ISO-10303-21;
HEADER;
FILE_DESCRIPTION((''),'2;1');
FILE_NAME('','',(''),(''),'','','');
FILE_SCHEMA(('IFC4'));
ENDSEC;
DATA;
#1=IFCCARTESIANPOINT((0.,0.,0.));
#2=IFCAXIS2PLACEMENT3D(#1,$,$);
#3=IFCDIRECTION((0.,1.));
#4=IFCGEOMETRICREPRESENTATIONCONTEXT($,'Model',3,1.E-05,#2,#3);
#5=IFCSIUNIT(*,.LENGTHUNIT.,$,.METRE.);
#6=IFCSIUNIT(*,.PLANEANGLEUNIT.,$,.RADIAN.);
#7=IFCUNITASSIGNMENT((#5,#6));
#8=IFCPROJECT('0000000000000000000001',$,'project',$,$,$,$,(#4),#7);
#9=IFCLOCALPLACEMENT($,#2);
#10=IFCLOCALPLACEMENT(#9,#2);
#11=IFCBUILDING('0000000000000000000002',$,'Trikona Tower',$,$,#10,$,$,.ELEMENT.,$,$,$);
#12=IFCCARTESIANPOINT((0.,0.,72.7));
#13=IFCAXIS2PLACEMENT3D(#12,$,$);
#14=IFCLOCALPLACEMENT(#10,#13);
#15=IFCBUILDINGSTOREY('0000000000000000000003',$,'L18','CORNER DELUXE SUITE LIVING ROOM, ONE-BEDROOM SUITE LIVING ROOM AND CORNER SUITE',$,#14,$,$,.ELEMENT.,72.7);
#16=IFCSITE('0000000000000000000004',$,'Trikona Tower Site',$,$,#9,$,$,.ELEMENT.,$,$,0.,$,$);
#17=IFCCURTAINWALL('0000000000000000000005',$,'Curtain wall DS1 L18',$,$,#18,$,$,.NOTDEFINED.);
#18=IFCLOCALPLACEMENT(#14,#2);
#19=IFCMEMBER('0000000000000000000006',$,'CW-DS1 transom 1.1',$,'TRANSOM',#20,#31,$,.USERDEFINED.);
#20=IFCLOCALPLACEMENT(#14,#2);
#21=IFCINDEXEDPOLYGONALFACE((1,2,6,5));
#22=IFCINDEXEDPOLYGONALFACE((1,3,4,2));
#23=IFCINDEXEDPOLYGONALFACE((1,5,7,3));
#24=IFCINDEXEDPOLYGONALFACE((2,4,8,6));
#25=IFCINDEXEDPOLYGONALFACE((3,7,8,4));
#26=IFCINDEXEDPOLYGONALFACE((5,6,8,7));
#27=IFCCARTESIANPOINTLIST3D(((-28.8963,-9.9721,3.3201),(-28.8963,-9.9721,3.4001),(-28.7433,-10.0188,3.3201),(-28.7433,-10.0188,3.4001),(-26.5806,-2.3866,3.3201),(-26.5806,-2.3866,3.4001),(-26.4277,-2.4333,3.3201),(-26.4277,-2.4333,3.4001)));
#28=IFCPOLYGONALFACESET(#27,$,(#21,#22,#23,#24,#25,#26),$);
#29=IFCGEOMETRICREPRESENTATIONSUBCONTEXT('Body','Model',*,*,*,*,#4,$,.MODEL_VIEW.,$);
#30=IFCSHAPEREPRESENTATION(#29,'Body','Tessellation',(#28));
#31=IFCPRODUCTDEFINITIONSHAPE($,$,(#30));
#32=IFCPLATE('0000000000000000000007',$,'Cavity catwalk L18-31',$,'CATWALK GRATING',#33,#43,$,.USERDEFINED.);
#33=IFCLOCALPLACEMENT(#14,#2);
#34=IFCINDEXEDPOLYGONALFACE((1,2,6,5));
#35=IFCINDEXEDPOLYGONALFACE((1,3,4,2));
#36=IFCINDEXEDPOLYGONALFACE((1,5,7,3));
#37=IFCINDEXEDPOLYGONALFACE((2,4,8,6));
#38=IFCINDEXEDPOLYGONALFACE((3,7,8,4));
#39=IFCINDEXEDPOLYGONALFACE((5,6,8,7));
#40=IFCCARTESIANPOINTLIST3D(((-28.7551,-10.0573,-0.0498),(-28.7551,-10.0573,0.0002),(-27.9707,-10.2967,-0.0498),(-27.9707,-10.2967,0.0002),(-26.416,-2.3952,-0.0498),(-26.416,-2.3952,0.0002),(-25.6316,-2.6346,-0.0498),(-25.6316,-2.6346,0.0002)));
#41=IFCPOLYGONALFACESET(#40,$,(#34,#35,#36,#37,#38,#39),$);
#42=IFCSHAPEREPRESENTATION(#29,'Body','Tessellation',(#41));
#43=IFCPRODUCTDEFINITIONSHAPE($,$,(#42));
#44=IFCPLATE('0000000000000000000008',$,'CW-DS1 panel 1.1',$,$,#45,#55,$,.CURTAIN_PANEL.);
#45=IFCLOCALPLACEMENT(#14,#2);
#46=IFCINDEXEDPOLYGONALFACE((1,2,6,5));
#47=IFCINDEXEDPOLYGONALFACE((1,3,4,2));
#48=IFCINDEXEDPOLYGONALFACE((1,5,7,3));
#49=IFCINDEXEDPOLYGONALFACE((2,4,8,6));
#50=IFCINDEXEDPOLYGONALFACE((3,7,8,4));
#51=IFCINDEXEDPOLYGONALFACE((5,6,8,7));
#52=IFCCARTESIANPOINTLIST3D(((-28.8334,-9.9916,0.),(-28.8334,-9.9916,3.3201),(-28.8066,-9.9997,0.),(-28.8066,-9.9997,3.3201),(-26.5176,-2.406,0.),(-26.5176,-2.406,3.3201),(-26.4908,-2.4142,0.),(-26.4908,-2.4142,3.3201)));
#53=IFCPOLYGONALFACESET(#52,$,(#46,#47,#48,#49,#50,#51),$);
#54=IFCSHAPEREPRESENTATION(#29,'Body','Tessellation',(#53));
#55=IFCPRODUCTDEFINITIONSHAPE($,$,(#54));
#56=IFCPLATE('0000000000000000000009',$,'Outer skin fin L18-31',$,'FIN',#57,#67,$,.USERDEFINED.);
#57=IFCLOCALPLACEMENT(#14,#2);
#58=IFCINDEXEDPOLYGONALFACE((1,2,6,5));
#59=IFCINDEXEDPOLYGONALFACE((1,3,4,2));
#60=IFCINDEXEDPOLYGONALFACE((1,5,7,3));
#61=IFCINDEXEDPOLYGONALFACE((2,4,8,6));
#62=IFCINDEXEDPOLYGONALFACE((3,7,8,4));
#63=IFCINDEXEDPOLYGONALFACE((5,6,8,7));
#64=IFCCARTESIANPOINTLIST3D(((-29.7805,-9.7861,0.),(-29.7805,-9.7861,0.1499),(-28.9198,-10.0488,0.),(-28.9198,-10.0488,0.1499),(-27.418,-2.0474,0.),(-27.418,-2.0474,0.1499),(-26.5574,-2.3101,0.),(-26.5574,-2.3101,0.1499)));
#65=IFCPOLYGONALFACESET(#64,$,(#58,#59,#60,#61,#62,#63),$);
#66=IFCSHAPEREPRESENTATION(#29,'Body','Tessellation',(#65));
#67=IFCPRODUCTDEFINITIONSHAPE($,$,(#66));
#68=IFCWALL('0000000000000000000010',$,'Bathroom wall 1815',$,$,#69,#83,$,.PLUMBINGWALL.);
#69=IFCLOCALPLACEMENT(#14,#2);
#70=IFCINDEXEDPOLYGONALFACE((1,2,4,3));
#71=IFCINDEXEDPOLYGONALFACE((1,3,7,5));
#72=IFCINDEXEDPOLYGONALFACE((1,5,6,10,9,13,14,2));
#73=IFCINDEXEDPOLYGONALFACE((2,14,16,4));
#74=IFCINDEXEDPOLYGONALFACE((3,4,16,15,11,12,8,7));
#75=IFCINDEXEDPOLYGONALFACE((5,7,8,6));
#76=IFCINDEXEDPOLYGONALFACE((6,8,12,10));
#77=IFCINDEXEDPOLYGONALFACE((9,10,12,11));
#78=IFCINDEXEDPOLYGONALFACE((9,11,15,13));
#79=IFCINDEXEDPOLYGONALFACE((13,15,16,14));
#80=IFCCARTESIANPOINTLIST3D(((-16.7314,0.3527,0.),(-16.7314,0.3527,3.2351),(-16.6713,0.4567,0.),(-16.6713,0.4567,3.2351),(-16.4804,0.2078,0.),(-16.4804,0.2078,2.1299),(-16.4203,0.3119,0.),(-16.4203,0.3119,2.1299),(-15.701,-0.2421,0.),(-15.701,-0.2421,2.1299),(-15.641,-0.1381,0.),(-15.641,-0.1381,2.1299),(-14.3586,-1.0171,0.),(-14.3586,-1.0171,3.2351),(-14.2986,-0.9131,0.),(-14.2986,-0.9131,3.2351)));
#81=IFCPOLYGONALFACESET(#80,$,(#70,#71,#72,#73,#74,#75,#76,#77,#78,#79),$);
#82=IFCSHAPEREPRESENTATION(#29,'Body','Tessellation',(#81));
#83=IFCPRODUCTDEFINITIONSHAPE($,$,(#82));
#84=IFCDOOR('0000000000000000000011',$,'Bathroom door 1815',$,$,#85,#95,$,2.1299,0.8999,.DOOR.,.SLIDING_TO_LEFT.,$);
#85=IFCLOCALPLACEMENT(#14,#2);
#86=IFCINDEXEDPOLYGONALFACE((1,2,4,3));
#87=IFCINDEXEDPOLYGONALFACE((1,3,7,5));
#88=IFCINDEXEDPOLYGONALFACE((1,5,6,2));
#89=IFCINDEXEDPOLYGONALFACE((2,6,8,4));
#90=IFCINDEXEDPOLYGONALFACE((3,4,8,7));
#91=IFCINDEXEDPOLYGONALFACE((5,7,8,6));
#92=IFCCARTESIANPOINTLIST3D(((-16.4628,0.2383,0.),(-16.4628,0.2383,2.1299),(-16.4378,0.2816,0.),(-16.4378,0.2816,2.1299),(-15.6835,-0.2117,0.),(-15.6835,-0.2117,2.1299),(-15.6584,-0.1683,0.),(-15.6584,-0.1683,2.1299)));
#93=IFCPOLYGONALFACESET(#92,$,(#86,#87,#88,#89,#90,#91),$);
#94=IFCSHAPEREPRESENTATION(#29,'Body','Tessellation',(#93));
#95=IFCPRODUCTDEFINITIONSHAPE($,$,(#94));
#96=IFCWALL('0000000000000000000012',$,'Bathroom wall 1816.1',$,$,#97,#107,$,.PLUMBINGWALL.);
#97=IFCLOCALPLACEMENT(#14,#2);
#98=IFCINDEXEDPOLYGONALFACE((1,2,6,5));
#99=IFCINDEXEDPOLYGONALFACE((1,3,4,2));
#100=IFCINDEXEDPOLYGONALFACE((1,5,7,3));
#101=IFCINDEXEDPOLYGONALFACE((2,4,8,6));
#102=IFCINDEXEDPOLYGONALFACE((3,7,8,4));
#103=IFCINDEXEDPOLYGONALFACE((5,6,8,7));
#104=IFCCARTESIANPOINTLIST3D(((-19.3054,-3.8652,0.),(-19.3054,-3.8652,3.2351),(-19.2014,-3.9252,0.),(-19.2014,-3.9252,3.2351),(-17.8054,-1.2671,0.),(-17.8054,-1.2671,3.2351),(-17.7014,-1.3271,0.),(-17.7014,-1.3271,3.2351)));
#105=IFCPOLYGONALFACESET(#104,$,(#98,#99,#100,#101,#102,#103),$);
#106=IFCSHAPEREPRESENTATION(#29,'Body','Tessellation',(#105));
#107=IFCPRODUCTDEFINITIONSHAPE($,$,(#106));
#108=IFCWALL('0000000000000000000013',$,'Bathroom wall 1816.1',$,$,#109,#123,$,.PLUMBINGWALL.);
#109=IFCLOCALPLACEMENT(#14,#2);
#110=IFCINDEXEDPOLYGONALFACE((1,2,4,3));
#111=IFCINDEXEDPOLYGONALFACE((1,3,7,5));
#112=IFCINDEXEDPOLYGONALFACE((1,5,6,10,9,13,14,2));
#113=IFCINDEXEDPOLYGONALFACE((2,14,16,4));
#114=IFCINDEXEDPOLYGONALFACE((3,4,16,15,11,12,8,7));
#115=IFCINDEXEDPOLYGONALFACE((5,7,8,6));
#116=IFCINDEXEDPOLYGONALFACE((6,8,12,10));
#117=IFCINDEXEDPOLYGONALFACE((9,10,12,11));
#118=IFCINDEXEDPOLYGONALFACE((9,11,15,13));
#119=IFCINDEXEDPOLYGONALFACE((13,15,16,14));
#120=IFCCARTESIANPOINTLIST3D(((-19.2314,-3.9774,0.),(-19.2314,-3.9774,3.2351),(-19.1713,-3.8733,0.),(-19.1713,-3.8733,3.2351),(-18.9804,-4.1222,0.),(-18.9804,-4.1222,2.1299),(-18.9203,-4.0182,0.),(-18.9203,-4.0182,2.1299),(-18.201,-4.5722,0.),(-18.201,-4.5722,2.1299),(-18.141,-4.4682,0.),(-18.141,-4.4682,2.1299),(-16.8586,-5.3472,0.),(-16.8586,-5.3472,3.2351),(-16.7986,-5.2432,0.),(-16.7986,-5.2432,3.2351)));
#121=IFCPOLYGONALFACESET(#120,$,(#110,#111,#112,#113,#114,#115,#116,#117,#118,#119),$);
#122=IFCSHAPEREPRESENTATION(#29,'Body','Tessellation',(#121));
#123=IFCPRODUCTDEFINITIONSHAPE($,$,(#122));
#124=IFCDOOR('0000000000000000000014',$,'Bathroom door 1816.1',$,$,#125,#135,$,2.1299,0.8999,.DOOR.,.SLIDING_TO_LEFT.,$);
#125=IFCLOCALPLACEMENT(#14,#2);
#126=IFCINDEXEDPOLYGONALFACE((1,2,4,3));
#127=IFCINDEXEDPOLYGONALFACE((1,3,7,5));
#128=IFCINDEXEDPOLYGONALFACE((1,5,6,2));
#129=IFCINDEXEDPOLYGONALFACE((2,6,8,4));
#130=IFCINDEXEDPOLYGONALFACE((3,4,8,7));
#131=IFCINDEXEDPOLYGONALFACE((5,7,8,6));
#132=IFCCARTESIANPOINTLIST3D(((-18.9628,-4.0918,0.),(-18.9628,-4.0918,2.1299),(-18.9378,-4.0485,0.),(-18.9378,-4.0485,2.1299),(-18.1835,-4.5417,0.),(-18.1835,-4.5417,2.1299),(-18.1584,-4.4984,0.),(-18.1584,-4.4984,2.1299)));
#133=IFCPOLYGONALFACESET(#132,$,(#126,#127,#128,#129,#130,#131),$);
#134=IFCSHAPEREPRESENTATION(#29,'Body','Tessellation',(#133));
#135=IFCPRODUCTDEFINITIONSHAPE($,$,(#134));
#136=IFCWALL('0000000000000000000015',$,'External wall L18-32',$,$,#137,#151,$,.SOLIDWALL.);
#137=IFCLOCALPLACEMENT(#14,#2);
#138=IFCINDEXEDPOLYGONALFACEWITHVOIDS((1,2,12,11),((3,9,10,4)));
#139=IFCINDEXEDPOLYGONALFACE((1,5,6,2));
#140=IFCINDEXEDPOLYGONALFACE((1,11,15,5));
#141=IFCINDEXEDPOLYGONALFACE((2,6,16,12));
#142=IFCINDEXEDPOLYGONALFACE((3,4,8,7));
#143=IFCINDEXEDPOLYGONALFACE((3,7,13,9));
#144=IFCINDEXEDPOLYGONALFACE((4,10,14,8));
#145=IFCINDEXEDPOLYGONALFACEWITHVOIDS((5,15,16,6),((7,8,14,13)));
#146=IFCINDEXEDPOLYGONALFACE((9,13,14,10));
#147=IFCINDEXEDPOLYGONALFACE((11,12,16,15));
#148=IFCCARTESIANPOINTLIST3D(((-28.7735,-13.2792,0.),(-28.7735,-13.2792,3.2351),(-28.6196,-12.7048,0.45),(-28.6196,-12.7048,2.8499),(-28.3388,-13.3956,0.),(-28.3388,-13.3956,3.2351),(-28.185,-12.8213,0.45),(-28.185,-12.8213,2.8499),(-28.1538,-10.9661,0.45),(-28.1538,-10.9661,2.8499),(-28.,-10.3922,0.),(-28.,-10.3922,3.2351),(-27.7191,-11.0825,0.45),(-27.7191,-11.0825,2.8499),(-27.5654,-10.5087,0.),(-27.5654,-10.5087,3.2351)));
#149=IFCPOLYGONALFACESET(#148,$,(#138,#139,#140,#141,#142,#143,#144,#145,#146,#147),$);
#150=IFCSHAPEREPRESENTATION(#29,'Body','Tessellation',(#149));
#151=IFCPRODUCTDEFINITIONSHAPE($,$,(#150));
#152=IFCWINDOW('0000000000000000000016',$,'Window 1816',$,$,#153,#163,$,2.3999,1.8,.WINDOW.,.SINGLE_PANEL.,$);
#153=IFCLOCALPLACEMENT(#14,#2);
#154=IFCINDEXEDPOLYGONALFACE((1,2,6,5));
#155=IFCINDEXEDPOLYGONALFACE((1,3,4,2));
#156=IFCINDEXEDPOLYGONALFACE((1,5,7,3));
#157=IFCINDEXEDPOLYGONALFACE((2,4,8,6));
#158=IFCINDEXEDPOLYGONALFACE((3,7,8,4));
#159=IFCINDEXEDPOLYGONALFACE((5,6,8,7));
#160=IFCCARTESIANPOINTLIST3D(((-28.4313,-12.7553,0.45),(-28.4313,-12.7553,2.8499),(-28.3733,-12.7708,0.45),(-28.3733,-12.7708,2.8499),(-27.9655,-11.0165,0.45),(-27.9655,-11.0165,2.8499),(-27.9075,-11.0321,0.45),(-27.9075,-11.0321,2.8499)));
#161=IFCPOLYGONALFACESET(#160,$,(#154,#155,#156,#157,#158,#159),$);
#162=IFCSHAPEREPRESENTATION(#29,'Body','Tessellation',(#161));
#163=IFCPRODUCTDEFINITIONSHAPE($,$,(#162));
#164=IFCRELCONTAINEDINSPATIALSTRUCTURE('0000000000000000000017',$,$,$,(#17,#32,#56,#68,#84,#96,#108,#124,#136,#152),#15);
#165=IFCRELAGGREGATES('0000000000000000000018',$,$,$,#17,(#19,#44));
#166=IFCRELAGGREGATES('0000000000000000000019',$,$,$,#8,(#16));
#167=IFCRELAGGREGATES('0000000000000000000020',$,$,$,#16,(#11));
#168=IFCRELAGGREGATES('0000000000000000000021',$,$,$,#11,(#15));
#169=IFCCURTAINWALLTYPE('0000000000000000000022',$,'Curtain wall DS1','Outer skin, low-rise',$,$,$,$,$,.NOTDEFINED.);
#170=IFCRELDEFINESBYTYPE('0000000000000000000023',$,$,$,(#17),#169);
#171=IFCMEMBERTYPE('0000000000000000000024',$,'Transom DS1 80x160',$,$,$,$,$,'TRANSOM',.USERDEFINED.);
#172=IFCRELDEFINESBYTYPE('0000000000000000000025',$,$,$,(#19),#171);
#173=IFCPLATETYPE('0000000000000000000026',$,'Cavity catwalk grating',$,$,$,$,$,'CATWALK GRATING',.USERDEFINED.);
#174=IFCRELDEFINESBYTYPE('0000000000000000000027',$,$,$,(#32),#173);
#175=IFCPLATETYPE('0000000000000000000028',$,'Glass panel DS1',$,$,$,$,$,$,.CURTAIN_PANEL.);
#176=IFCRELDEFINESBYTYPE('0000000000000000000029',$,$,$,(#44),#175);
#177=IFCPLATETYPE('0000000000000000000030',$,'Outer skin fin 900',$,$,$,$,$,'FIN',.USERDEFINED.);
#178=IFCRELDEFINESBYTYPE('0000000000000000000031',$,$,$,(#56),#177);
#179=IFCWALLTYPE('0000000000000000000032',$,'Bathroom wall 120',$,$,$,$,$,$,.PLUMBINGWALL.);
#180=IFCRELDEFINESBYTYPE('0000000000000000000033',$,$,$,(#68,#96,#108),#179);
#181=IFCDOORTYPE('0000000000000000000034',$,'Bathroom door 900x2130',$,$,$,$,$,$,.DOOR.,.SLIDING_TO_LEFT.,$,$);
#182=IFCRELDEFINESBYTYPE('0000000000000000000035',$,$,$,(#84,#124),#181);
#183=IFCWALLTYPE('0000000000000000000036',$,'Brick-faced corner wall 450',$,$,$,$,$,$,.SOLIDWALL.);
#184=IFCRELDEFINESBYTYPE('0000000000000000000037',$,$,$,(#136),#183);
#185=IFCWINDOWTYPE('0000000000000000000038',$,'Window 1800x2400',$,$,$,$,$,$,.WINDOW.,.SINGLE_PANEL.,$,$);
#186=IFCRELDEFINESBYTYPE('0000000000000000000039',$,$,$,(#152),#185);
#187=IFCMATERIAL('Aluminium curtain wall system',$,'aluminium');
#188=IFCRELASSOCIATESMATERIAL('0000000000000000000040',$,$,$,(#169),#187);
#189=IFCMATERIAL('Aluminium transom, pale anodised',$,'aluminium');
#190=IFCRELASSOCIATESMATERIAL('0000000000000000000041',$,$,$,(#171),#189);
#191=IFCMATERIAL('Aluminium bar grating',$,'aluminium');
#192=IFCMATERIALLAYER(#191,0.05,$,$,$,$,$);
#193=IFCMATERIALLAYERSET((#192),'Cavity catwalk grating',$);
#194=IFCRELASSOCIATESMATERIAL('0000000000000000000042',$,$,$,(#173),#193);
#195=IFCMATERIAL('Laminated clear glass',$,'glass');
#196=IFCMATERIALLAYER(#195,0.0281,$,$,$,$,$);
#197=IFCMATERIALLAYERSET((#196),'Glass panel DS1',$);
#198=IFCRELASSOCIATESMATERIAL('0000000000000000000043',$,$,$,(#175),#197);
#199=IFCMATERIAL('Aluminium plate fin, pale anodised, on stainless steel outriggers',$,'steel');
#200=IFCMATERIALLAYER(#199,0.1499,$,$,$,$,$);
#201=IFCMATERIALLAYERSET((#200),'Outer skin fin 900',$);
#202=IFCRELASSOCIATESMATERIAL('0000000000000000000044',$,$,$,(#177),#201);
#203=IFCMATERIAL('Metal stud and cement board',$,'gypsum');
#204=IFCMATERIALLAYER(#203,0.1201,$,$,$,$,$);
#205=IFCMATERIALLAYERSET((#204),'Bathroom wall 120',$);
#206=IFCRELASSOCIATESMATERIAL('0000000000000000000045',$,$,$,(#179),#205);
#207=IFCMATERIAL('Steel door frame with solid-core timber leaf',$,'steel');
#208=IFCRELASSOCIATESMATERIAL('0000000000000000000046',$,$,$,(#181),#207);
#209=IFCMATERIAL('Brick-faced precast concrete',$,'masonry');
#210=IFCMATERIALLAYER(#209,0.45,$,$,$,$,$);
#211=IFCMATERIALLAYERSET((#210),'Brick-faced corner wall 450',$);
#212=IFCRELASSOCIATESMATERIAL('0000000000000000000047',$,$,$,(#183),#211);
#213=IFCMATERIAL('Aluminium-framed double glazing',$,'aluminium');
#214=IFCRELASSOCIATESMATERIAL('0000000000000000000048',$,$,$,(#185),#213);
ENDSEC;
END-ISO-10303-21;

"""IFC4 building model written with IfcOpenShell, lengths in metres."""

from ifc_helpers import new_model, si_unit, direction, frame, frame_2d, origin, origin_2d, place, context, subcontext, project, spatial, rectangle, extrude, material, layer, layer_set, material_profile, profile_set, type_object, element, fill, aggregate, save


model = new_model("IFC4")

# Units and contexts
model_context = context("Model", 3, precision=1e-05, world=origin(), true_north=direction((0.0, 1.0)))
body_context = subcontext(model_context, "Body", "Model", "MODEL_VIEW")
ifc_project = project(units=[si_unit("LENGTHUNIT", "METRE"), si_unit("PLANEANGLEUNIT", "RADIAN")], contexts=[model_context])

# Site, building, storey
site_placement = place(None, origin())
site = spatial("IfcSite", under=ifc_project, at=site_placement, Name="Trikona Tower Site", CompositionType="ELEMENT", RefElevation=0.0)
building_placement = place(site_placement, origin())
building = spatial("IfcBuilding", under=site, at=building_placement, Name="Trikona Tower", CompositionType="ELEMENT")
storey_placement = place(building_placement, frame((0.0, 0.0, 72.7)))
storey = spatial("IfcBuildingStorey", under=building, at=storey_placement, Name="L18", Description="CORNER DELUXE SUITE LIVING ROOM, ONE-BEDROOM SUITE LIVING ROOM AND CORNER SUITE", CompositionType="ELEMENT", Elevation=72.7)

# Shared definitions
ifc_material_1 = material(Name="Aluminium curtain wall system", Category="aluminium")
curtain_wall_type = type_object("IfcCurtainWallType", Name="Curtain wall DS1", Description="Outer skin, low-rise", PredefinedType="NOTDEFINED", material=ifc_material_1)

# Curtain wall
curtain_wall_1_placement = place(storey_placement, origin())
curtain_wall_1 = element("IfcCurtainWall", 1, at=curtain_wall_1_placement, inside=storey, type_object=curtain_wall_type, Name="Curtain wall DS1 L18", PredefinedType="NOTDEFINED")

# Member
ifc_material_2 = material(Name="Aluminium transom, pale anodised", Category="aluminium")
ifc_material_profile_1 = material_profile(ifc_material_2, rectangle(XDim=0.1599, YDim=0.0801, at=origin_2d()), Name="TRN-DS1")
ifc_profile_set_1 = profile_set([ifc_material_profile_1], Name="Aluminium transom, pale anodised")
member_type_1 = type_object("IfcMemberType", Name="Transom DS1 80x160", ElementType="TRANSOM", PredefinedType="USERDEFINED", material=ifc_profile_set_1)
member_1_placement = place(storey_placement, frame((-26.5042, -2.4099, 3.3601), z_axis=(-0.291967, -0.956428, 0.0), x_axis=(0.956428, -0.291967, 0.0)))
member_1 = element("IfcMember", 2, at=member_1_placement, type_object=member_type_1, Name="CW-DS1 transom 1.1", ObjectType="TRANSOM", PredefinedType="USERDEFINED", context=body_context, shape_type="SweptSolid", body=[
    extrude(rectangle(XDim=0.1599, YDim=0.0801, at=origin_2d()), origin(), (0.0, 0.0, 1.0), 7.9312),
])

# Plates
ifc_material_3 = material(Name="Aluminium bar grating", Category="aluminium")
ifc_layer_1 = layer(ifc_material_3, 0.05)
ifc_layer_set_1 = layer_set([ifc_layer_1], Name="Cavity catwalk grating")
plate_type_1 = type_object("IfcPlateType", Name="Cavity catwalk grating", ElementType="CATWALK GRATING", PredefinedType="USERDEFINED", material=ifc_layer_set_1)
plate_1_placement = place(storey_placement, frame((-27.1934, -6.3459, -0.0498), z_axis=(0.0, 0.0, 1.0), x_axis=(-0.291979, -0.956425, 0.0)))
element("IfcPlate", 3, at=plate_1_placement, inside=storey, type_object=plate_type_1, Name="Cavity catwalk L18-31", ObjectType="CATWALK GRATING", PredefinedType="USERDEFINED", context=body_context, shape_type="SweptSolid", body=[
    extrude(rectangle(XDim=8.0112, YDim=0.8201, at=origin_2d()), origin(), (0.0, 0.0, 1.0), 0.05),
])
ifc_material_4 = material(Name="Laminated clear glass", Category="glass")
ifc_layer_2 = layer(ifc_material_4, 0.0281)
ifc_layer_set_2 = layer_set([ifc_layer_2], Name="Glass panel DS1")
plate_type_2 = type_object("IfcPlateType", Name="Glass panel DS1", PredefinedType="CURTAIN_PANEL", material=ifc_layer_set_2)
plate_2_placement = place(storey_placement, frame((-27.6621, -6.2029, 0.0), z_axis=(0.0, 0.0, 1.0), x_axis=(-0.291984, -0.956423, 0.0)))
plate_2 = element("IfcPlate", 4, at=plate_2_placement, type_object=plate_type_2, Name="CW-DS1 panel 1.1", PredefinedType="CURTAIN_PANEL", context=body_context, shape_type="SweptSolid", body=[
    extrude(rectangle(XDim=7.9312, YDim=0.0281, at=origin_2d()), origin(), (0.0, 0.0, 1.0), 3.3201),
])
aggregate(curtain_wall_1, [member_1, plate_2])
ifc_material_5 = material(Name="Aluminium plate fin, pale anodised, on stainless steel outriggers", Category="steel")
ifc_layer_3 = layer(ifc_material_5, 0.1499)
ifc_layer_set_3 = layer_set([ifc_layer_3], Name="Outer skin fin 900")
plate_type_3 = type_object("IfcPlateType", Name="Outer skin fin 900", ElementType="FIN", PredefinedType="USERDEFINED", material=ifc_layer_set_3)
plate_3_placement = place(storey_placement, frame((-28.1689, -6.0481, 0.0), z_axis=(0.0, 0.0, 1.0), x_axis=(-0.291979, -0.956425, 0.0)))
element("IfcPlate", 5, at=plate_3_placement, inside=storey, type_object=plate_type_3, Name="Outer skin fin L18-31", ObjectType="FIN", PredefinedType="USERDEFINED", context=body_context, shape_type="SweptSolid", body=[
    extrude(rectangle(XDim=8.0913, YDim=0.8999, at=origin_2d()), origin(), (0.0, 0.0, 1.0), 0.1499),
])

# Wall, opening, door
ifc_material_6 = material(Name="Metal stud and cement board", Category="gypsum")
ifc_layer_4 = layer(ifc_material_6, 0.1201)
ifc_layer_set_4 = layer_set([ifc_layer_4], Name="Bathroom wall 120")
wall_type_1 = type_object("IfcWallType", Name="Bathroom wall 120", PredefinedType="PLUMBINGWALL", material=ifc_layer_set_4)
wall_1_placement = place(storey_placement, frame((-14.3286, -0.9651, 0.0), z_axis=(0.0, 0.0, 1.0), x_axis=(-0.866036, 0.499982, 0.0)))
wall_1 = element("IfcWall", 6, at=wall_1_placement, inside=storey, type_object=wall_type_1, Name="Bathroom wall 1815", PredefinedType="PLUMBINGWALL", context=body_context, shape_type="SweptSolid", body=[
    extrude(rectangle(XDim=2.7397, YDim=0.1201, at=frame_2d((1.3699, 0.0))), origin(), (0.0, 0.0, 1.0), 3.2351),
])
opening_1_placement = place(wall_1_placement, frame((1.55, 0.0, 0.0)))
opening_1 = element("IfcOpeningElement", 7, at=opening_1_placement, cuts=wall_1, PredefinedType="OPENING", context=body_context, shape_type="SweptSolid", body=[
    extrude(rectangle(XDim=0.8999, YDim=2.1299, at=frame_2d((0.45, 1.0649))), frame((0.0, 0.0701, 0.0), z_axis=(0.0, -1.0, 0.0), x_axis=(1.0, 0.0, 0.0)), (0.0, 0.0, 1.0), 0.1401),
])
ifc_material_7 = material(Name="Steel door frame with solid-core timber leaf", Category="steel")
door_type_1 = type_object("IfcDoorType", Name="Bathroom door 900x2130", OperationType="SLIDING_TO_LEFT", PredefinedType="DOOR", material=ifc_material_7)
door_1_placement = place(opening_1_placement, origin())
door_1 = element("IfcDoor", 8, at=door_1_placement, inside=storey, type_object=door_type_1, Name="Bathroom door 1815", OperationType="SLIDING_TO_LEFT", OverallHeight=2.1299, OverallWidth=0.8999, PredefinedType="DOOR", context=body_context, shape_type="SweptSolid", body=[
    extrude(rectangle(XDim=0.8999, YDim=2.1299, at=frame_2d((0.45, 1.0649))), frame((0.0, 0.0249, 0.0), z_axis=(0.0, -1.0, 0.0), x_axis=(1.0, 0.0, 0.0)), (0.0, 0.0, 1.0), 0.05),
])
fill(opening_1, door_1)

# Wall
wall_2_placement = place(storey_placement, frame((-17.7534, -1.2971, 0.0), z_axis=(0.0, 0.0, 1.0), x_axis=(-0.49999, -0.866031, 0.0)))
element("IfcWall", 9, at=wall_2_placement, inside=storey, type_object=wall_type_1, Name="Bathroom wall 1816.1", PredefinedType="PLUMBINGWALL", context=body_context, shape_type="SweptSolid", body=[
    extrude(rectangle(XDim=3.0, YDim=0.1201, at=frame_2d((1.5, 0.0))), origin(), (0.0, 0.0, 1.0), 3.2351),
])

# Wall, opening, door
wall_3_placement = place(storey_placement, frame((-16.8286, -5.2952, 0.0), z_axis=(0.0, 0.0, 1.0), x_axis=(-0.866036, 0.499982, 0.0)))
wall_3 = element("IfcWall", 10, at=wall_3_placement, inside=storey, type_object=wall_type_1, Name="Bathroom wall 1816.1", PredefinedType="PLUMBINGWALL", context=body_context, shape_type="SweptSolid", body=[
    extrude(rectangle(XDim=2.7397, YDim=0.1201, at=frame_2d((1.3699, 0.0))), origin(), (0.0, 0.0, 1.0), 3.2351),
])
opening_2_placement = place(wall_3_placement, frame((1.55, 0.0, 0.0)))
opening_2 = element("IfcOpeningElement", 11, at=opening_2_placement, cuts=wall_3, PredefinedType="OPENING", context=body_context, shape_type="SweptSolid", body=[
    extrude(rectangle(XDim=0.8999, YDim=2.1299, at=frame_2d((0.45, 1.0649))), frame((0.0, 0.0701, 0.0), z_axis=(0.0, -1.0, 0.0), x_axis=(1.0, 0.0, 0.0)), (0.0, 0.0, 1.0), 0.1401),
])
door_2_placement = place(opening_2_placement, origin())
door_2 = element("IfcDoor", 12, at=door_2_placement, inside=storey, type_object=door_type_1, Name="Bathroom door 1816.1", OperationType="SLIDING_TO_LEFT", OverallHeight=2.1299, OverallWidth=0.8999, PredefinedType="DOOR", context=body_context, shape_type="SweptSolid", body=[
    extrude(rectangle(XDim=0.8999, YDim=2.1299, at=frame_2d((0.45, 1.0649))), frame((0.0, 0.0249, 0.0), z_axis=(0.0, -1.0, 0.0), x_axis=(1.0, 0.0, 0.0)), (0.0, 0.0, 1.0), 0.05),
])
fill(opening_2, door_2)

# Wall, opening, window
ifc_material_8 = material(Name="Brick-faced precast concrete", Category="masonry")
ifc_layer_5 = layer(ifc_material_8, 0.45)
ifc_layer_set_5 = layer_set([ifc_layer_5], Name="Brick-faced corner wall 450")
wall_type_2 = type_object("IfcWallType", Name="Brick-faced corner wall 450", PredefinedType="SOLIDWALL", material=ifc_layer_set_5)
wall_4_placement = place(storey_placement, frame((-27.7827, -10.4504, 0.0), z_axis=(0.0, 0.0, 1.0), x_axis=(-0.258781, -0.965936, 0.0)))
wall_4 = element("IfcWall", 13, at=wall_4_placement, inside=storey, type_object=wall_type_2, Name="External wall L18-32", PredefinedType="SOLIDWALL", context=body_context, shape_type="SweptSolid", body=[
    extrude(rectangle(XDim=2.9888, YDim=0.45, at=frame_2d((1.4944, 0.0))), origin(), (0.0, 0.0, 1.0), 3.2351),
])
opening_3_placement = place(wall_4_placement, frame((0.5942, 0.0, 0.45)))
opening_3 = element("IfcOpeningElement", 14, at=opening_3_placement, cuts=wall_4, PredefinedType="OPENING", context=body_context, shape_type="SweptSolid", body=[
    extrude(rectangle(XDim=1.8, YDim=2.3999, at=frame_2d((0.8999, 1.2))), frame((0.0, 0.2349, 0.0), z_axis=(0.0, -1.0, 0.0), x_axis=(1.0, 0.0, 0.0)), (0.0, 0.0, 1.0), 0.47),
])
ifc_material_9 = material(Name="Aluminium-framed double glazing", Category="aluminium")
window_type_1 = type_object("IfcWindowType", Name="Window 1800x2400", PartitioningType="SINGLE_PANEL", PredefinedType="WINDOW", material=ifc_material_9)
window_1_placement = place(opening_3_placement, origin())
window_1 = element("IfcWindow", 15, at=window_1_placement, inside=storey, type_object=window_type_1, Name="Window 1816", OverallHeight=2.3999, OverallWidth=1.8, PartitioningType="SINGLE_PANEL", PredefinedType="WINDOW", context=body_context, shape_type="SweptSolid", body=[
    extrude(rectangle(XDim=1.8, YDim=2.3999, at=frame_2d((0.8999, 1.2))), frame((0.0, 0.03, 0.0), z_axis=(0.0, -1.0, 0.0), x_axis=(1.0, 0.0, 0.0)), (0.0, 0.0, 1.0), 0.0601),
])
fill(opening_3, window_1)

save(model, "model.ifc")
